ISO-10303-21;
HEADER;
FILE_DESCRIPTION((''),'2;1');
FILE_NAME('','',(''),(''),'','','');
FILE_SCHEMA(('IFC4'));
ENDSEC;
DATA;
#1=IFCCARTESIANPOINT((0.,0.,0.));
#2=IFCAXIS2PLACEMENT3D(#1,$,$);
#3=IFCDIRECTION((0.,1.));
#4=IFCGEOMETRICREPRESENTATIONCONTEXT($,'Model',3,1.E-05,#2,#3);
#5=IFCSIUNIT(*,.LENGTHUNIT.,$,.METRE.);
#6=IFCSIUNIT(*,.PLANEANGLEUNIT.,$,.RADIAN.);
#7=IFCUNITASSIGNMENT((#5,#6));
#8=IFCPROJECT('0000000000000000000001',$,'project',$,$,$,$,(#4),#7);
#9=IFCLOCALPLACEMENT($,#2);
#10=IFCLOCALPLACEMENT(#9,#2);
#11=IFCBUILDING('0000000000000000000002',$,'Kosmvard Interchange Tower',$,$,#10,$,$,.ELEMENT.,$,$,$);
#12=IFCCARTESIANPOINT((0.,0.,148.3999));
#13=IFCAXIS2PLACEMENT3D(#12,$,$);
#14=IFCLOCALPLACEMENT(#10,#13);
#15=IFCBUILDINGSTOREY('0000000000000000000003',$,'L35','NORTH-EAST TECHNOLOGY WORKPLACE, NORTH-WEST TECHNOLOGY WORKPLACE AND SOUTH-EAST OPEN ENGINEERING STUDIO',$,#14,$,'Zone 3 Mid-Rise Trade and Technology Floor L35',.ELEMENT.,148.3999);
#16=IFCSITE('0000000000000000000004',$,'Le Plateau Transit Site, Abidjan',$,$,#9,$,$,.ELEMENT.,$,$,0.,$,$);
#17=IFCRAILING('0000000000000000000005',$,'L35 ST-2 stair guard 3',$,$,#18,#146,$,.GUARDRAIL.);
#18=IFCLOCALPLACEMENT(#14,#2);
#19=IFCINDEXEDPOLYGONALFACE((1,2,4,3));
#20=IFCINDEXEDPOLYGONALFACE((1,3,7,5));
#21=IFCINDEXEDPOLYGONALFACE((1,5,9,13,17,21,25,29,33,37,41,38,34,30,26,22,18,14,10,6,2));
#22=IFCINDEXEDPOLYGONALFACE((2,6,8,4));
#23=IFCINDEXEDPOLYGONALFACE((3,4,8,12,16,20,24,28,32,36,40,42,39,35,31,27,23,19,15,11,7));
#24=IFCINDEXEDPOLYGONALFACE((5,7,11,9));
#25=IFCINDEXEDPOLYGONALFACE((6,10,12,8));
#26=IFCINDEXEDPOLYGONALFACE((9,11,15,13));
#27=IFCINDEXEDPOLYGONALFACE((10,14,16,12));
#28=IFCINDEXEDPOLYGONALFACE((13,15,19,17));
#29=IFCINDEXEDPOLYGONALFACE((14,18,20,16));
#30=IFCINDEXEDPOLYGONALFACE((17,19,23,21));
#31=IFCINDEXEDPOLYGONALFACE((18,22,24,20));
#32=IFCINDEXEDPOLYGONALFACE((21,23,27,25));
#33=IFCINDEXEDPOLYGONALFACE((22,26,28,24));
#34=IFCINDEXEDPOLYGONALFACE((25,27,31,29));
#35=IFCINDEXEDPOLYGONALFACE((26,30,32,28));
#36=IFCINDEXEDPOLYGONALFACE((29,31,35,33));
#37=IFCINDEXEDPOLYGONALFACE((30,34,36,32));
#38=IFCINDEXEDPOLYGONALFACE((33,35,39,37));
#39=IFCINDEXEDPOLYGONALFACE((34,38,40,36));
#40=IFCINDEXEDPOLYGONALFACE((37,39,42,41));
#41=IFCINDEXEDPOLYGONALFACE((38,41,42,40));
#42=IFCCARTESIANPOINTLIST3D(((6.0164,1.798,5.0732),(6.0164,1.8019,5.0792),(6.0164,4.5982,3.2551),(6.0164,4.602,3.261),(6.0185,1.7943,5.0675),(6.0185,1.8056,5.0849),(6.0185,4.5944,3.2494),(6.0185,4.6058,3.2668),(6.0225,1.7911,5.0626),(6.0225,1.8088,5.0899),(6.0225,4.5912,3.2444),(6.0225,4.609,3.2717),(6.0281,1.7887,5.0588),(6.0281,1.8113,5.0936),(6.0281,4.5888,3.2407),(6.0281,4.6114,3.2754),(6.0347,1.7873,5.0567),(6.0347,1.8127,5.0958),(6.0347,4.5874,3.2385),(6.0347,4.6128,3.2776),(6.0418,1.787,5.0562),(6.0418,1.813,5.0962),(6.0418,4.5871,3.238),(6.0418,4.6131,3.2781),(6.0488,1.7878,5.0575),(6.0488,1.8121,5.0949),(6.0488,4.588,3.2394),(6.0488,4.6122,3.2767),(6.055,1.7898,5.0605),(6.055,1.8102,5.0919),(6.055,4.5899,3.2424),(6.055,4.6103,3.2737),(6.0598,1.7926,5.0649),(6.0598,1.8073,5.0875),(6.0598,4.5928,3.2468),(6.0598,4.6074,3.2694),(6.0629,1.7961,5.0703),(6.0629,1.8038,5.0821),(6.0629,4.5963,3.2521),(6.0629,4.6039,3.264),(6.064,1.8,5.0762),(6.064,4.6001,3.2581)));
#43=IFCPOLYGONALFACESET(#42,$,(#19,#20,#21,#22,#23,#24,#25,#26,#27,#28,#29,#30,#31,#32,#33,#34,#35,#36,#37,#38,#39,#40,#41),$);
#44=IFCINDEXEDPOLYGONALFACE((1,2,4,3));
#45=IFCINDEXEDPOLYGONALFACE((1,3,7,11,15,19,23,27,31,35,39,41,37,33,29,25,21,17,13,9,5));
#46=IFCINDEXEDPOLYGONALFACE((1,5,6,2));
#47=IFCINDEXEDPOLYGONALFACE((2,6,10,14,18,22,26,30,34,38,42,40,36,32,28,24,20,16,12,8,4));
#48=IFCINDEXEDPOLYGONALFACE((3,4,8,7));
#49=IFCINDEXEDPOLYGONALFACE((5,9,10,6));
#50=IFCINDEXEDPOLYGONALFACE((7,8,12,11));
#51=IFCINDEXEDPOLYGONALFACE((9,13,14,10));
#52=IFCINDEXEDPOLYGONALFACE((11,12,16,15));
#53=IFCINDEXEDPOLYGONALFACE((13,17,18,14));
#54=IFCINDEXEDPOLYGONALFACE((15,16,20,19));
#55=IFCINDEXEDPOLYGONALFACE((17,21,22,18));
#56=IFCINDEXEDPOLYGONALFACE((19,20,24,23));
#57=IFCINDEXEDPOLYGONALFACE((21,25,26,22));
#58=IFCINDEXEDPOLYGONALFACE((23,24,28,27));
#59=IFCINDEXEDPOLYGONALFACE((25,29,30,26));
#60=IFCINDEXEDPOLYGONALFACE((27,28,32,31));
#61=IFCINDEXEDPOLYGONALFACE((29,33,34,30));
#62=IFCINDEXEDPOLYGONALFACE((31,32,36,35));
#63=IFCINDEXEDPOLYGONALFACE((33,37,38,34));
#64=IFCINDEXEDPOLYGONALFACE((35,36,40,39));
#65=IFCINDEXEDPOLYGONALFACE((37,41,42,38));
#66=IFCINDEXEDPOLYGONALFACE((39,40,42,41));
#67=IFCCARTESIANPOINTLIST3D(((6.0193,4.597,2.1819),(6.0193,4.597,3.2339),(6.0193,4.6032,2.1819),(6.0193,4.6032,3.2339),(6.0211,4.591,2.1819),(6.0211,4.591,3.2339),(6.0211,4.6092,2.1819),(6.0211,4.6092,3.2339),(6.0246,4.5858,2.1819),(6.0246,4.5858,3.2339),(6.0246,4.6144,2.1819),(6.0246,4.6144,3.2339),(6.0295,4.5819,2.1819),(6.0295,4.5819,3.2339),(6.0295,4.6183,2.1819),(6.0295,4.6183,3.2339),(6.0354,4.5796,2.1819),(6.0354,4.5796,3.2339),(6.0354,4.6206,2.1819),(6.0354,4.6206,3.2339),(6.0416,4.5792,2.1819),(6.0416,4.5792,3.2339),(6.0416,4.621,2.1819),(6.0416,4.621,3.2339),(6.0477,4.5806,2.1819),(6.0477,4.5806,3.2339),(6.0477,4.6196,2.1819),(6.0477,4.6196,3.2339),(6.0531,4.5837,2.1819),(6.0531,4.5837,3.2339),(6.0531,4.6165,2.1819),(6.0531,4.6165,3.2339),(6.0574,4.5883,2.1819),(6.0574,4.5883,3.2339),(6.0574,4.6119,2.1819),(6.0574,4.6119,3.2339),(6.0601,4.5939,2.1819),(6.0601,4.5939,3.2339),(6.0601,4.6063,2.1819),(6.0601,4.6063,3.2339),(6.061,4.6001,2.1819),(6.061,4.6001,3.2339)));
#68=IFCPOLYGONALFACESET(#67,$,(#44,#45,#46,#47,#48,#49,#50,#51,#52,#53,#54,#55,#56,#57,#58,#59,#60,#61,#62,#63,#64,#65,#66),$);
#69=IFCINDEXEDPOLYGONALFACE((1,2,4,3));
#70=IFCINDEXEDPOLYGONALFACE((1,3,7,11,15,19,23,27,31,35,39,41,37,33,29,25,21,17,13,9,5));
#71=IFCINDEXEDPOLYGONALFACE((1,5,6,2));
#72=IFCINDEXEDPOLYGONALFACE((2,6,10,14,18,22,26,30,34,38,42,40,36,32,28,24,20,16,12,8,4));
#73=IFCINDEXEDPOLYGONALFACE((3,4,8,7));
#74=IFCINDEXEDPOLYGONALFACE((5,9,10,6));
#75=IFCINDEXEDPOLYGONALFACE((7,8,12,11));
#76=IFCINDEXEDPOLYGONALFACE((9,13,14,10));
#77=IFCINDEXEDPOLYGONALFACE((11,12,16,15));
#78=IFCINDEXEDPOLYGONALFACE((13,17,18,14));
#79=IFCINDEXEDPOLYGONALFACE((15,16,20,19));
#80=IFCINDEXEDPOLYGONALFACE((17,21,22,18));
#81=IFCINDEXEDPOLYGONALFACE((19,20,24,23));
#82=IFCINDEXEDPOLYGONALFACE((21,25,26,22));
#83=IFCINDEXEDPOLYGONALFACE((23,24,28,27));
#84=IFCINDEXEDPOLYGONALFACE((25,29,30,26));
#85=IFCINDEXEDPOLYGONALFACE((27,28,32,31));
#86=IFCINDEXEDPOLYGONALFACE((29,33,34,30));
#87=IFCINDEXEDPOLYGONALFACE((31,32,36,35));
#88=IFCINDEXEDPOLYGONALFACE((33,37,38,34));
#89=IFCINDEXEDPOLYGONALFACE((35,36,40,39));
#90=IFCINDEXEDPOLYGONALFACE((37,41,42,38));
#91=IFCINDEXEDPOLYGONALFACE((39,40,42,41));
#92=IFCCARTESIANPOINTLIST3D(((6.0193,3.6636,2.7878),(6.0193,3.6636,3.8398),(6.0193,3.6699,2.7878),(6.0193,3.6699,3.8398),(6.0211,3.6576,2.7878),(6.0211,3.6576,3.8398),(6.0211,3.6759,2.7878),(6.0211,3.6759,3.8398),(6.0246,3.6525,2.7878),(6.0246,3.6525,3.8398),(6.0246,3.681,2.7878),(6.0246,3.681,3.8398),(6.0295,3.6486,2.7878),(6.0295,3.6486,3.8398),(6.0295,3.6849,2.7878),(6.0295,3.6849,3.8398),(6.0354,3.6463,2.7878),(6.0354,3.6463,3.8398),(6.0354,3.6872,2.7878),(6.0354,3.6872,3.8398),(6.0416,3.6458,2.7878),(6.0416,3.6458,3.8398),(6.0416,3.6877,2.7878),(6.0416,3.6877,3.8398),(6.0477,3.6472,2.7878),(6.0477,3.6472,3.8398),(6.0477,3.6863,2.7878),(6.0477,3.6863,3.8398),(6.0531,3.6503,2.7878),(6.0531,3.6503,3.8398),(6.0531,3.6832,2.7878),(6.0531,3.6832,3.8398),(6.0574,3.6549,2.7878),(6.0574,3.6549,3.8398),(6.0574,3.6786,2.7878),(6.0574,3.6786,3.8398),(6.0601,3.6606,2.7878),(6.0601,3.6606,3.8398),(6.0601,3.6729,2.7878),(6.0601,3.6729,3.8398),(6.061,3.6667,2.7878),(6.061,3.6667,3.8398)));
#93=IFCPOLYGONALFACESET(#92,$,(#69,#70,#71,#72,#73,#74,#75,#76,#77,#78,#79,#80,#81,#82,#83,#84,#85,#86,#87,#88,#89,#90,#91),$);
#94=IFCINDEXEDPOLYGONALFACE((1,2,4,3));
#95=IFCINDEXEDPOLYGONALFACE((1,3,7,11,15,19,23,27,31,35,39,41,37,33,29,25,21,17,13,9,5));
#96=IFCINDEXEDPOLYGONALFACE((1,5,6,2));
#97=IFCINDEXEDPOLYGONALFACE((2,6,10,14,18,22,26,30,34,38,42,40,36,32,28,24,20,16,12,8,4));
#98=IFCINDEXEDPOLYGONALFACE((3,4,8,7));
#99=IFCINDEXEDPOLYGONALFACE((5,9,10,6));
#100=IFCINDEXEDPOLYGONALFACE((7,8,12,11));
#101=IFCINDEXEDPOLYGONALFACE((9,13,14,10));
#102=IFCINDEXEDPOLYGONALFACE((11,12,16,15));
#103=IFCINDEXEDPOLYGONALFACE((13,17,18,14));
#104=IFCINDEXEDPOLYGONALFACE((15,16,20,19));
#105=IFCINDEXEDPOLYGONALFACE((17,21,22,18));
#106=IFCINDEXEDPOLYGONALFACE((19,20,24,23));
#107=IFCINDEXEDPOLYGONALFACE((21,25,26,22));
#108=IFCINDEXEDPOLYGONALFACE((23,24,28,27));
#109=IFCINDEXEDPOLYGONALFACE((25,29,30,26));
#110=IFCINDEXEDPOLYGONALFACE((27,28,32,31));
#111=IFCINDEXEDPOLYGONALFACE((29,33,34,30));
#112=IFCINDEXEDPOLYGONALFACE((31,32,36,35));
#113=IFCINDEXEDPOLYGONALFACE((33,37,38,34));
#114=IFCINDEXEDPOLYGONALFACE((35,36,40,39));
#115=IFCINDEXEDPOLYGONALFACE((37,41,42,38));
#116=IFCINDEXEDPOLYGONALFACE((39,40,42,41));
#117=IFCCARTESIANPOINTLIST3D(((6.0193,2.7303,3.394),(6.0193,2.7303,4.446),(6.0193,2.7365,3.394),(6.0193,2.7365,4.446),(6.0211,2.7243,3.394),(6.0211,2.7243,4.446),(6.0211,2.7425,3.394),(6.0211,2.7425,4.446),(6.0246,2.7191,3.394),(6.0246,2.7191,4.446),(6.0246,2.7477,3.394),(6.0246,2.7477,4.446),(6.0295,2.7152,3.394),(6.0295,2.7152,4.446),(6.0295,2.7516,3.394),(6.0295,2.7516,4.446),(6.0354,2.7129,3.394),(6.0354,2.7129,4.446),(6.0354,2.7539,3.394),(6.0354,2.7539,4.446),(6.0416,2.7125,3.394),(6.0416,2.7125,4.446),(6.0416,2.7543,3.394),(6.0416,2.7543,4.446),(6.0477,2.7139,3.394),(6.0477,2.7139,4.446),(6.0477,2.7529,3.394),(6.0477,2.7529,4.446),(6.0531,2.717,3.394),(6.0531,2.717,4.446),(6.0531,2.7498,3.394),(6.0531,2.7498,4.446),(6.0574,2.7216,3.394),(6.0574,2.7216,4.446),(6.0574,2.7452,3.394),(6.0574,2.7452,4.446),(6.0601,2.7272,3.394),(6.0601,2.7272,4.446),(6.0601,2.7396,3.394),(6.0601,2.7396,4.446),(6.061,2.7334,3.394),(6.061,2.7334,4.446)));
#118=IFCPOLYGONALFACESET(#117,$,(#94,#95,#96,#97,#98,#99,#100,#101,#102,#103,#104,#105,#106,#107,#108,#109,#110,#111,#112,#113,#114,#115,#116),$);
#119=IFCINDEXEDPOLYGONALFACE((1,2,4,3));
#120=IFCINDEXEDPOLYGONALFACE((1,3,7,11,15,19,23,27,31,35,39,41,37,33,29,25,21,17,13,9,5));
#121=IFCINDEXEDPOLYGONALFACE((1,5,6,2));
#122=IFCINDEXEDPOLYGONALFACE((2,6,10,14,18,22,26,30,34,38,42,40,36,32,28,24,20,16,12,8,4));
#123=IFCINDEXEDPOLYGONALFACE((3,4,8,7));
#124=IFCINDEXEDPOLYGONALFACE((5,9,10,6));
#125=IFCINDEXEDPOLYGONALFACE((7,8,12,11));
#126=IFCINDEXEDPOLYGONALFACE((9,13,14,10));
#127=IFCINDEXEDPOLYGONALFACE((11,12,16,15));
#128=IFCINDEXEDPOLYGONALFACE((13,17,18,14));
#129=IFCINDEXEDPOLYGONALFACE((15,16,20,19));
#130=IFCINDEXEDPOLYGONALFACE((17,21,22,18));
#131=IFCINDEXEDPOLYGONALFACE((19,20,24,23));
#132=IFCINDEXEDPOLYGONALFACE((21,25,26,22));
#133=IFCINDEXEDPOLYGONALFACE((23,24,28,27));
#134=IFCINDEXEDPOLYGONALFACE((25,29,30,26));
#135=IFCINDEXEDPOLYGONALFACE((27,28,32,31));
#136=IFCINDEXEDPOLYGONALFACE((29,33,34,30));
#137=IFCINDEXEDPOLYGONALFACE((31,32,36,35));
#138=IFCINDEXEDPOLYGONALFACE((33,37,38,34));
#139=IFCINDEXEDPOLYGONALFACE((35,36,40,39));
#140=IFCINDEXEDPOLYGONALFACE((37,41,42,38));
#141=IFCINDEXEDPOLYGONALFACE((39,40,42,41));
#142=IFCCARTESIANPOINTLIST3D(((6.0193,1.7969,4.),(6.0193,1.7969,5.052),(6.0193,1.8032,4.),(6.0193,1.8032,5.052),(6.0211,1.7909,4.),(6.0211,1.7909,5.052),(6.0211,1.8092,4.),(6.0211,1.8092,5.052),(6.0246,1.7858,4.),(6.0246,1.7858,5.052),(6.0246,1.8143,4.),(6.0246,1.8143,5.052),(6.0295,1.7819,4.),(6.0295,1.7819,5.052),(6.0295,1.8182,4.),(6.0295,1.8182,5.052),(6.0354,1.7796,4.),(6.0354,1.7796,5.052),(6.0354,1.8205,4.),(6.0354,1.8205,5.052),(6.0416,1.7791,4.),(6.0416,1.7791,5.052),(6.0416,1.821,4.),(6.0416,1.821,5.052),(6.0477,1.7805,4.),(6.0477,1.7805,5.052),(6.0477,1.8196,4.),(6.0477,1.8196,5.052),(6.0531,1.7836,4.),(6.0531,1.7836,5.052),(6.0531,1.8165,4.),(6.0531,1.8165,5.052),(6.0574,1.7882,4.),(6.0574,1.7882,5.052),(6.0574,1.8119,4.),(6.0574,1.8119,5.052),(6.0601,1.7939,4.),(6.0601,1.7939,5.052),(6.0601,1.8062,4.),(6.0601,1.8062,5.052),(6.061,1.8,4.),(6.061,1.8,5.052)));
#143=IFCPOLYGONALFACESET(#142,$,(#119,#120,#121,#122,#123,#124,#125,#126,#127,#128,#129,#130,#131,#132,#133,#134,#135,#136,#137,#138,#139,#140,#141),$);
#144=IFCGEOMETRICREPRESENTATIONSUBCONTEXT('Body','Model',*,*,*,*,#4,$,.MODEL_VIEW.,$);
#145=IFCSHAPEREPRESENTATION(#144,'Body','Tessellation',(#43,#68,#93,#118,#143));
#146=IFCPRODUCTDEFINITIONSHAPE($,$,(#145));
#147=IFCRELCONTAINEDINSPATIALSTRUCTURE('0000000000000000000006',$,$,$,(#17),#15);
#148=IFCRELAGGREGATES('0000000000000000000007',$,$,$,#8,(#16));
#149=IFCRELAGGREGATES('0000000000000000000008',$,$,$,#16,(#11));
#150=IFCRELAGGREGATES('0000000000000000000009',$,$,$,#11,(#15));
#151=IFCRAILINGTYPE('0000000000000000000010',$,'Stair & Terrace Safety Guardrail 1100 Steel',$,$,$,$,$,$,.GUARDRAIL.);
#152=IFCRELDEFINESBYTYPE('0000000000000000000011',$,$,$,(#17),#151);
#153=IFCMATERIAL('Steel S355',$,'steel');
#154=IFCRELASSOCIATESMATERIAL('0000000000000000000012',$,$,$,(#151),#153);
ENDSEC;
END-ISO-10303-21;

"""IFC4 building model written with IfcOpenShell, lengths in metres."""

from ifc_helpers import new_model, si_unit, direction, frame, origin, origin_2d, place, context, subcontext, project, spatial, circle, extrude, source, transform, mapped, material, type_object, element, save


model = new_model("IFC4")

# Units and contexts
model_context = context("Model", 3, precision=1e-05, world=origin(), true_north=direction((0.0, 1.0)))
body_context = subcontext(model_context, "Body", "Model", "MODEL_VIEW")
ifc_project = project(units=[si_unit("LENGTHUNIT", "METRE"), si_unit("PLANEANGLEUNIT", "RADIAN")], contexts=[model_context])

# Site, building, storey
site_placement = place(None, origin())
site = spatial("IfcSite", under=ifc_project, at=site_placement, Name="Le Plateau Transit Site, Abidjan", CompositionType="ELEMENT", RefElevation=0.0)
building_placement = place(site_placement, origin())
building = spatial("IfcBuilding", under=site, at=building_placement, Name="Kosmvard Interchange Tower", CompositionType="ELEMENT")
storey_placement = place(building_placement, frame((0.0, 0.0, 148.3999)))
storey = spatial("IfcBuildingStorey", under=building, at=storey_placement, Name="L35", Description="NORTH-EAST TECHNOLOGY WORKPLACE, NORTH-WEST TECHNOLOGY WORKPLACE AND SOUTH-EAST OPEN ENGINEERING STUDIO", LongName="Zone 3 Mid-Rise Trade and Technology Floor L35", CompositionType="ELEMENT", Elevation=148.3999)

# Railing
ifc_material_1 = material(Name="Steel S355", Category="steel")
railing_type_1 = type_object("IfcRailingType", Name="Stair & Terrace Safety Guardrail 1100 Steel", PredefinedType="GUARDRAIL", material=ifc_material_1)
shared_shape_1 = source(origin(), body_context, "Body", "SweptSolid", [
    extrude(circle(Radius=0.0239, at=origin_2d()), frame((0.0, 0.0, 1.0762), z_axis=(0.0, -0.838706, 0.544585), x_axis=(1.0, 0.0, 0.0)), (0.0, 0.0, 1.0), 3.3386),
    extrude(circle(Radius=0.021, at=origin_2d()), origin(), (0.0, 0.0, 1.0), 1.052),
    extrude(circle(Radius=0.021, at=origin_2d()), frame((0.0, -0.9333, 0.606)), (0.0, 0.0, 1.0), 1.052),
    extrude(circle(Radius=0.021, at=origin_2d()), frame((0.0, -1.8667, 1.2122)), (0.0, 0.0, 1.0), 1.052),
    extrude(circle(Radius=0.021, at=origin_2d()), frame((0.0, -2.8, 1.8181)), (0.0, 0.0, 1.0), 1.052),
])
railing_1_placement = place(storey_placement, frame((6.04, 4.6001, 2.1819)))
element("IfcRailing", 1, at=railing_1_placement, inside=storey, type_object=railing_type_1, Name="L35 ST-2 stair guard 3", PredefinedType="GUARDRAIL", context=body_context, shape_type="MappedRepresentation", body=[
    mapped(shared_shape_1, transform((0.0, 0.0, 0.0), scale=1.0)),
])

save(model, "model.ifc")
